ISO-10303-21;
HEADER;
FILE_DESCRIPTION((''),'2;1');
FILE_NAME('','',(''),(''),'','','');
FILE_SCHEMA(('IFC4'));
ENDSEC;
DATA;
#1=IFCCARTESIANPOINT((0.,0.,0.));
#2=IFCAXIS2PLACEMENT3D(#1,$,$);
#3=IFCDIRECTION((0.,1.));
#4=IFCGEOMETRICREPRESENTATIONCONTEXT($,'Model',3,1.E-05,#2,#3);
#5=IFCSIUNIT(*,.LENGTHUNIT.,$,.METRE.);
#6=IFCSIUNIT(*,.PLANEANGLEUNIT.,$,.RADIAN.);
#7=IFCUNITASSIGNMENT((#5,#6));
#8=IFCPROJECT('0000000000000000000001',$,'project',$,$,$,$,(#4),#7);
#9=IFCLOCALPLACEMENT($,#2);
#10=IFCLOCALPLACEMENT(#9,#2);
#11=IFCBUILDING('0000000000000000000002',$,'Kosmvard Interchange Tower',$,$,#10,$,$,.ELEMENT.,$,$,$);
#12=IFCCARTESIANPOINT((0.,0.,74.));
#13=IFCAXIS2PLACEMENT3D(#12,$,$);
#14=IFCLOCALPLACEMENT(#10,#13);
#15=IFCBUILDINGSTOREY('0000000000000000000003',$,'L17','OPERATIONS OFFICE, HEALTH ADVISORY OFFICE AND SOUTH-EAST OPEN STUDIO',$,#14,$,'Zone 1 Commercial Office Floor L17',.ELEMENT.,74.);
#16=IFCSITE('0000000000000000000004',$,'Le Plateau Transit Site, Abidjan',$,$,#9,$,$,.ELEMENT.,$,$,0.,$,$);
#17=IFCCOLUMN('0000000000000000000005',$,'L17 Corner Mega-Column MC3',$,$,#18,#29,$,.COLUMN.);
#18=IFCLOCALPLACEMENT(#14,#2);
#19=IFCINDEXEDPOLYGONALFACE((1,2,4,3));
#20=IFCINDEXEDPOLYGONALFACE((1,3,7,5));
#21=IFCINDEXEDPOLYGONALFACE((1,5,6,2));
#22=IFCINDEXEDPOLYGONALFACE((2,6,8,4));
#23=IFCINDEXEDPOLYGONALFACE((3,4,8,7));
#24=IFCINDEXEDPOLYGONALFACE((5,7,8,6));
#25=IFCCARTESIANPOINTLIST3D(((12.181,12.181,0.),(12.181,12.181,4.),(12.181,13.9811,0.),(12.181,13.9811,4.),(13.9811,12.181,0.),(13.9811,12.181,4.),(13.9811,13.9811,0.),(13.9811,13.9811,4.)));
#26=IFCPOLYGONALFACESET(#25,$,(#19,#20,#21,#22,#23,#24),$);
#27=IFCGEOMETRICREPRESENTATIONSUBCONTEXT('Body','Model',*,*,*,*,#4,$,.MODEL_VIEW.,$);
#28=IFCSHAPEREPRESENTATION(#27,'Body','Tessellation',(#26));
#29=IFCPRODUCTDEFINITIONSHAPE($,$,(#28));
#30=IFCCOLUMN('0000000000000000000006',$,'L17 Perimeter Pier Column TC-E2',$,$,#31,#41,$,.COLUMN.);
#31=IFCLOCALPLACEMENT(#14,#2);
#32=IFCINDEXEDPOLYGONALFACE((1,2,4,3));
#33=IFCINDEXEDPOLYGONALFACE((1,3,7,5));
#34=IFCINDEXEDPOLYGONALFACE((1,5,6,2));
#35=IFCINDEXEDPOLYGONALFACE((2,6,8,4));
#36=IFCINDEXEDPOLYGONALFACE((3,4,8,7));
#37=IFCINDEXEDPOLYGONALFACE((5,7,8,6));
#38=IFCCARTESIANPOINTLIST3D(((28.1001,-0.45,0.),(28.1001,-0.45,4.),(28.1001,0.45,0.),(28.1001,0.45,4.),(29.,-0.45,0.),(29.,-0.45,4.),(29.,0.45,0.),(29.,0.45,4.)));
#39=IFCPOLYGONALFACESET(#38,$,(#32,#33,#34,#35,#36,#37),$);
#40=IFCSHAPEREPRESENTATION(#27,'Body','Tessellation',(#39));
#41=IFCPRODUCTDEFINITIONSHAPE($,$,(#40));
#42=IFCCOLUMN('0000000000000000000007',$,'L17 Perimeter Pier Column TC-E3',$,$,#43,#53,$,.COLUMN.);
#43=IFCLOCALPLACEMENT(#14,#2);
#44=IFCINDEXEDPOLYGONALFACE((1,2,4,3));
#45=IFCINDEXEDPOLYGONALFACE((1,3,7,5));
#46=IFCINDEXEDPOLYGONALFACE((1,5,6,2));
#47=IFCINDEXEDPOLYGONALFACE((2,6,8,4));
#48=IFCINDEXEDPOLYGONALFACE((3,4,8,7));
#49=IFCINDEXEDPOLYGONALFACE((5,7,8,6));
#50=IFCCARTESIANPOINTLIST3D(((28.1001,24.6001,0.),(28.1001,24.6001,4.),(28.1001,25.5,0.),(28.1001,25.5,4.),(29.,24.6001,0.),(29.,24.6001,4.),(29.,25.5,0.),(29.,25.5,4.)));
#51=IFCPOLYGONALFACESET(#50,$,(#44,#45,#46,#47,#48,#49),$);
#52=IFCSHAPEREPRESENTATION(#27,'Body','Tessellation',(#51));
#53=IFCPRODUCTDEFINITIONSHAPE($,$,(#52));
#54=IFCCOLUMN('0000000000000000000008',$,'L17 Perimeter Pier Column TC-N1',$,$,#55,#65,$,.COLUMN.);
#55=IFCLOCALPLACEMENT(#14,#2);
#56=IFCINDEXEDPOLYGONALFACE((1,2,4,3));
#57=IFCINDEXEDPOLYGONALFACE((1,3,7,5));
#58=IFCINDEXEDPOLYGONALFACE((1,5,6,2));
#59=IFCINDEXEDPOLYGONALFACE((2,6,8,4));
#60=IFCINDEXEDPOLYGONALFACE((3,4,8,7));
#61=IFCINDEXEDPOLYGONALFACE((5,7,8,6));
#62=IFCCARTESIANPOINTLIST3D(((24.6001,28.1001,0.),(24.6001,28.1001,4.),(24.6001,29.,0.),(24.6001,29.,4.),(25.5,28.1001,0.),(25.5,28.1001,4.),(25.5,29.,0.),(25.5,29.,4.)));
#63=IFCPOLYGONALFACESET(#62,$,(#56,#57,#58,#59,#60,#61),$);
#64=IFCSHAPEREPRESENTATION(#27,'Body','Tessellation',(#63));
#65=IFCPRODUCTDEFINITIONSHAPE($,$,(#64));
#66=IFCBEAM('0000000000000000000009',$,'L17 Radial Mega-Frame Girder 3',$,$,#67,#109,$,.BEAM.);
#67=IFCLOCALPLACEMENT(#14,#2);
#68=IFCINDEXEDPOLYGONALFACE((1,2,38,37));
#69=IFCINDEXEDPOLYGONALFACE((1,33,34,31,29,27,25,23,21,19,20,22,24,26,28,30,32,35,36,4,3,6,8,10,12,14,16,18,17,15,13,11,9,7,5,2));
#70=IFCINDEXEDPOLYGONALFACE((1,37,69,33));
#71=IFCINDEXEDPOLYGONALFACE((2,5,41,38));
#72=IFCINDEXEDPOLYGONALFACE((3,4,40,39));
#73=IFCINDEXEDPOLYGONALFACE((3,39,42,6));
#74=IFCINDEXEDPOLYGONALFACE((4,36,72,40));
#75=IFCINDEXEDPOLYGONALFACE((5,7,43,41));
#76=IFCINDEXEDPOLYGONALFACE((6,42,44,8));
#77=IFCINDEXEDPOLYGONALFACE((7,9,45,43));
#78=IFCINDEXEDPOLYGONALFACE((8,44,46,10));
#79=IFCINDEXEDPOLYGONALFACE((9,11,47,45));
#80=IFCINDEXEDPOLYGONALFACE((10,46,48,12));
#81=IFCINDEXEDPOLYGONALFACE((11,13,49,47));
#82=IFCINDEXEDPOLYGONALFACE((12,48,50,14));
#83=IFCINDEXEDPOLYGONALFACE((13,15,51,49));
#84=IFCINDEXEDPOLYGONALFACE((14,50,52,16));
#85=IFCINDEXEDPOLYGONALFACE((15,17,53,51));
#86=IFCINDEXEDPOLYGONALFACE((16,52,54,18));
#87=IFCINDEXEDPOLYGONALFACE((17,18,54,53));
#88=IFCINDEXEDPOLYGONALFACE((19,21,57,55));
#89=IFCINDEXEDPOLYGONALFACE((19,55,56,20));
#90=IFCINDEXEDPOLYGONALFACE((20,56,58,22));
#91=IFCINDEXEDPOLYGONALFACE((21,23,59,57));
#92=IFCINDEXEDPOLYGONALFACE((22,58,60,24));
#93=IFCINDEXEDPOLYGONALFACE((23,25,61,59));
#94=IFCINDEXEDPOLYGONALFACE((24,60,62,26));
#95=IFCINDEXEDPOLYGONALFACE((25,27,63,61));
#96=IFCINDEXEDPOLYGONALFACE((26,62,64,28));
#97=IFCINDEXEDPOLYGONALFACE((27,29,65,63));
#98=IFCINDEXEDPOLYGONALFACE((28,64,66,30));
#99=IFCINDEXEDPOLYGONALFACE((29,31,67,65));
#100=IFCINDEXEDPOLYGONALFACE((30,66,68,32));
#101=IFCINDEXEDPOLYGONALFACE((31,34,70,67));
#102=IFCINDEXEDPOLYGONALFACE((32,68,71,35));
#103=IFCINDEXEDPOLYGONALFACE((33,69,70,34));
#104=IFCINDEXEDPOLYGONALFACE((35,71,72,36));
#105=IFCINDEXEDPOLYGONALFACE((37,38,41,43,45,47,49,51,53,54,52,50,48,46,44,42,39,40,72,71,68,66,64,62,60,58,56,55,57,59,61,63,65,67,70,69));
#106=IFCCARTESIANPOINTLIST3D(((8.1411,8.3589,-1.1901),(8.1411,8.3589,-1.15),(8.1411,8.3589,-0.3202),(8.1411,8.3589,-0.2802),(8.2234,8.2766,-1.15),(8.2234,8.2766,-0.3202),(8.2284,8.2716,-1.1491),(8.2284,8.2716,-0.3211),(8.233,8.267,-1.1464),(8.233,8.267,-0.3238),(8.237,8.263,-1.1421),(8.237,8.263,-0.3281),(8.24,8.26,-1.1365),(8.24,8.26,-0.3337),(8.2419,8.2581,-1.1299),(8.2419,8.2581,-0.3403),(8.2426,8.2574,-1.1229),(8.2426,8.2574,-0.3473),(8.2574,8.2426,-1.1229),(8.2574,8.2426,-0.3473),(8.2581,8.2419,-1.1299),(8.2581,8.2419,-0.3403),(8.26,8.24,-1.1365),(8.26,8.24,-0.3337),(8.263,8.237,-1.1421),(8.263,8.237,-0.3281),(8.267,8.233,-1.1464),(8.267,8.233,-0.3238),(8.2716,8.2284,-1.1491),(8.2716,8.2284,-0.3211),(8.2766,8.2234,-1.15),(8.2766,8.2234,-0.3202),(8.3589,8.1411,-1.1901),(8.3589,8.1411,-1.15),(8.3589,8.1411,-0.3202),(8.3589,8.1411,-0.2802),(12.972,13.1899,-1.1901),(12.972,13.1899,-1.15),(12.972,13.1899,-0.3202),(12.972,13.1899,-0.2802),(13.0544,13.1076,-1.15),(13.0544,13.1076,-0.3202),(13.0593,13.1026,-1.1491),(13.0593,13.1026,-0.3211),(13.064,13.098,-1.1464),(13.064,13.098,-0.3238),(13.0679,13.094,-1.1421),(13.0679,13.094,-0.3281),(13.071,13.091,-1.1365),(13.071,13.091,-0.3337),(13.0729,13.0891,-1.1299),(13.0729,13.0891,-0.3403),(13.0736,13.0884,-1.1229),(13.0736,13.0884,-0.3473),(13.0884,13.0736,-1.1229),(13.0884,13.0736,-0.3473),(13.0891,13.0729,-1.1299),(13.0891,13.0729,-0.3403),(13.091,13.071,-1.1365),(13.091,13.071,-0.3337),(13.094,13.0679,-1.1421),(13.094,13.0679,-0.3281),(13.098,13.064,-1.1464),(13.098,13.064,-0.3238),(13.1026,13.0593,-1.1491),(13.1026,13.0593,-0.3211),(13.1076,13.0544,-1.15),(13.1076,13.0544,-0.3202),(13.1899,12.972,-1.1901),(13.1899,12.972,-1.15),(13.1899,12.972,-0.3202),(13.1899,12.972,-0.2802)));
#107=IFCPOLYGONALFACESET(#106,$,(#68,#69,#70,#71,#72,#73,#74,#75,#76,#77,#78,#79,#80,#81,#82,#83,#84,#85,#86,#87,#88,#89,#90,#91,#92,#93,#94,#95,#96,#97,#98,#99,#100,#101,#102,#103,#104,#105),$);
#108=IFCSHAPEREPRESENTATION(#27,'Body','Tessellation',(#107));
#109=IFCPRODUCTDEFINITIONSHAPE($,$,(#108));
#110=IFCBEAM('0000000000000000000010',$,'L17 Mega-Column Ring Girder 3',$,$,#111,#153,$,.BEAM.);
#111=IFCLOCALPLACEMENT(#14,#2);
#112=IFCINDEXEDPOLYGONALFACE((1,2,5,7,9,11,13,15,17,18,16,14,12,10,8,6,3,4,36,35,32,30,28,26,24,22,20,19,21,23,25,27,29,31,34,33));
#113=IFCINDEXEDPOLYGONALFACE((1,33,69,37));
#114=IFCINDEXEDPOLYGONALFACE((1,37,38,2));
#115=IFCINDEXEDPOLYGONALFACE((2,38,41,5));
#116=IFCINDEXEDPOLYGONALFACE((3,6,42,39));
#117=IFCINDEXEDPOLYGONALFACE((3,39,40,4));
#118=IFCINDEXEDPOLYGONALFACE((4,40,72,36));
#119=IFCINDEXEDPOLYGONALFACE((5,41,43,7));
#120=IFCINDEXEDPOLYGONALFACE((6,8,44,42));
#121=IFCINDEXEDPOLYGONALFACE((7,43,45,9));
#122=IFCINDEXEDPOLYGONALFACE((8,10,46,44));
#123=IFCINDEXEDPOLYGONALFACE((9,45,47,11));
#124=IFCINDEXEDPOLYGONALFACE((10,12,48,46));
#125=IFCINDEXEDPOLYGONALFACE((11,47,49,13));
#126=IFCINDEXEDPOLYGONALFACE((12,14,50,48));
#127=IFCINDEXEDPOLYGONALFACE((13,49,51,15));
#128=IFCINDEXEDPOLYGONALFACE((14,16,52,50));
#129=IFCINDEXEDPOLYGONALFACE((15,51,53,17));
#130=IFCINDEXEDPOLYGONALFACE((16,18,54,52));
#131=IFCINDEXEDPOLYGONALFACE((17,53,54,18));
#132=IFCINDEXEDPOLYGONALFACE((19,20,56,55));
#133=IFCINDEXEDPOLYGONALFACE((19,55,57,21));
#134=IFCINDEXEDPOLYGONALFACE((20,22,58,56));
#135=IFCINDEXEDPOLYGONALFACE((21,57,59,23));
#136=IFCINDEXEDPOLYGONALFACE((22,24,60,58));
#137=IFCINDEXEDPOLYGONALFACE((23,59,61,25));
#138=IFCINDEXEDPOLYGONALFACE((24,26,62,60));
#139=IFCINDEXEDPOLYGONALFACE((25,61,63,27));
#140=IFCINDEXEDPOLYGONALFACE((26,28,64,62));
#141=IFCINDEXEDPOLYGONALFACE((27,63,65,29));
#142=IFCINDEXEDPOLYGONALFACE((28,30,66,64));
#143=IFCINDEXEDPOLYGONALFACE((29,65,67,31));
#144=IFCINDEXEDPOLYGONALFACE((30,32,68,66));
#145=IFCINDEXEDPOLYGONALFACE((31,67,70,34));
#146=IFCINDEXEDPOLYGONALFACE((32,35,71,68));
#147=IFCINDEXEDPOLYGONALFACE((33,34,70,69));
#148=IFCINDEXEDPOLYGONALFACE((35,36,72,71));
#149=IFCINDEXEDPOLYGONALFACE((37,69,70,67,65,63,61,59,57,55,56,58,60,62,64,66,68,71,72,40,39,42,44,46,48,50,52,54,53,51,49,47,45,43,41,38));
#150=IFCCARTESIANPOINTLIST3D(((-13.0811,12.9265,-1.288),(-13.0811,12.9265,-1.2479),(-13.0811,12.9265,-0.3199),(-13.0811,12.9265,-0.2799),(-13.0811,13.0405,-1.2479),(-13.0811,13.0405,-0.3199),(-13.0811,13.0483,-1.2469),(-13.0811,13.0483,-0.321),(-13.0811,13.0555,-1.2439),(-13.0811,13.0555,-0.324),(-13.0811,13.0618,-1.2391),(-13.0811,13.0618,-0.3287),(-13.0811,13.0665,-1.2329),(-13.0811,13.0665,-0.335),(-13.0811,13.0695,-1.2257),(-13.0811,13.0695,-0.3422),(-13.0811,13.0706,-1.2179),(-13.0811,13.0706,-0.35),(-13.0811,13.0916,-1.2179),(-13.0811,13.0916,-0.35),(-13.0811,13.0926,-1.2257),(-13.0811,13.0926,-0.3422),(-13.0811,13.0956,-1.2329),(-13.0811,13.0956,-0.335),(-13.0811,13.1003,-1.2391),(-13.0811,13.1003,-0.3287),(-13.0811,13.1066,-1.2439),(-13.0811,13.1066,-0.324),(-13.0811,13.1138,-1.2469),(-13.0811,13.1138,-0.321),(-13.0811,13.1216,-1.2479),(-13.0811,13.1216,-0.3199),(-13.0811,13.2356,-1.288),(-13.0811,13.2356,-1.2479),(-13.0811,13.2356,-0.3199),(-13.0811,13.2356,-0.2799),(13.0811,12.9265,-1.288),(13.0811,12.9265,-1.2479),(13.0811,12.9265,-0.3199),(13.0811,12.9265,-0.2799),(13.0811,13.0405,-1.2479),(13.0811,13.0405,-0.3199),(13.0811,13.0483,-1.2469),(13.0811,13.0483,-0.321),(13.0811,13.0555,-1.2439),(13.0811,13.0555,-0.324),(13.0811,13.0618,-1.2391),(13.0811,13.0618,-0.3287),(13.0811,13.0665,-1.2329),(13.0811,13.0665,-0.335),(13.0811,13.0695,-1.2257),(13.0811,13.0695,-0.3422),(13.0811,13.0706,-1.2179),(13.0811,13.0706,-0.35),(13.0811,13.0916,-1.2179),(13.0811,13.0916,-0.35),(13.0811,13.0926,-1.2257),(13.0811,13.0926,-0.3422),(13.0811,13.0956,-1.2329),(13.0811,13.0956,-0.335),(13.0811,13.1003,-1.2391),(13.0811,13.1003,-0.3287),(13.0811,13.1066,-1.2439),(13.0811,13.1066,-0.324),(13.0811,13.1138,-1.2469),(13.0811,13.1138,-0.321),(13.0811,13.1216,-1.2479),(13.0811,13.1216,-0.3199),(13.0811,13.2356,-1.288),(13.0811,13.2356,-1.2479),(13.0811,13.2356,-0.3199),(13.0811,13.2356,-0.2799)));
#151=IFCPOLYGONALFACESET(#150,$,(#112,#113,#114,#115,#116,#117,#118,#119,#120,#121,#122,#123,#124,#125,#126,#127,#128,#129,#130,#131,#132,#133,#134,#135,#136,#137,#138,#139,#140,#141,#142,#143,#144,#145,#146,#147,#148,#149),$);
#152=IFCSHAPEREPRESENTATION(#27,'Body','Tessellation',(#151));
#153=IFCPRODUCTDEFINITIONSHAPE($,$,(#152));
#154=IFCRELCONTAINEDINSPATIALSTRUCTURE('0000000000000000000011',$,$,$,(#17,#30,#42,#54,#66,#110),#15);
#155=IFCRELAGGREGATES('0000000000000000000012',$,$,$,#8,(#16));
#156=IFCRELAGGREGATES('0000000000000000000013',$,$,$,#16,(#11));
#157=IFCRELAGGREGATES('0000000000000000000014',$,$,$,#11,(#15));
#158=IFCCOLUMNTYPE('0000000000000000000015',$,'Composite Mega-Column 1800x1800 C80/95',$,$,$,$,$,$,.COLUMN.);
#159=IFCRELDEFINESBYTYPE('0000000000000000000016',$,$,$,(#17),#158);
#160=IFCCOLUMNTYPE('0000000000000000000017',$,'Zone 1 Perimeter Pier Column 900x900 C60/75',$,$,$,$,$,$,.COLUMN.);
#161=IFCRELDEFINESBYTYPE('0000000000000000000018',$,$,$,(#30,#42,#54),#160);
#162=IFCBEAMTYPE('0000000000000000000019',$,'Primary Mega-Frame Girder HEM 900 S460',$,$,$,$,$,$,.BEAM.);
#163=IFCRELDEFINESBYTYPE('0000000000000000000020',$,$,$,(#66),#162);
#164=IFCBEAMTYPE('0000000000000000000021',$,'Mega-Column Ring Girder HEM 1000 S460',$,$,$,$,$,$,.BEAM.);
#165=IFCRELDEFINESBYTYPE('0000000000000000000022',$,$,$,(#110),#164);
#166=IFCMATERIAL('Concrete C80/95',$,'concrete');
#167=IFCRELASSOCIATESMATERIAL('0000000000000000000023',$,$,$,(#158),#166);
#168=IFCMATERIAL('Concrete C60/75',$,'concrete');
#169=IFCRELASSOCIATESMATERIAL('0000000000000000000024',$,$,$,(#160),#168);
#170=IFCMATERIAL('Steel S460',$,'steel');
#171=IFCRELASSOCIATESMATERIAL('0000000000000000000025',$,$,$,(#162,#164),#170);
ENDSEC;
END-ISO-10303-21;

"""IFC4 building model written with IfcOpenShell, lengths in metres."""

from ifc_helpers import new_model, si_unit, direction, frame, origin, origin_2d, place, context, subcontext, project, spatial, rectangle, i_section, extrude, source, transform, mapped, material, material_profile, profile_set, type_object, element, save


model = new_model("IFC4")

# Units and contexts
model_context = context("Model", 3, precision=1e-05, world=origin(), true_north=direction((0.0, 1.0)))
body_context = subcontext(model_context, "Body", "Model", "MODEL_VIEW")
ifc_project = project(units=[si_unit("LENGTHUNIT", "METRE"), si_unit("PLANEANGLEUNIT", "RADIAN")], contexts=[model_context])

# Site, building, storey
site_placement = place(None, origin())
site = spatial("IfcSite", under=ifc_project, at=site_placement, Name="Le Plateau Transit Site, Abidjan", CompositionType="ELEMENT", RefElevation=0.0)
building_placement = place(site_placement, origin())
building = spatial("IfcBuilding", under=site, at=building_placement, Name="Kosmvard Interchange Tower", CompositionType="ELEMENT")
storey_placement = place(building_placement, frame((0.0, 0.0, 74.0)))
storey = spatial("IfcBuildingStorey", under=building, at=storey_placement, Name="L17", Description="OPERATIONS OFFICE, HEALTH ADVISORY OFFICE AND SOUTH-EAST OPEN STUDIO", LongName="Zone 1 Commercial Office Floor L17", CompositionType="ELEMENT", Elevation=74.0)

# Columns
ifc_material_1 = material(Name="Concrete C80/95", Category="concrete")
ifc_material_profile_1 = material_profile(ifc_material_1, rectangle(XDim=1.8, YDim=1.8, at=origin_2d()), Name="MC 1800x1800")
ifc_profile_set_1 = profile_set([ifc_material_profile_1], Name="Concrete C80/95")
column_type_1 = type_object("IfcColumnType", Name="Composite Mega-Column 1800x1800 C80/95", PredefinedType="COLUMN", material=ifc_profile_set_1)
shared_shape_1 = source(origin(), body_context, "Body", "SweptSolid", [
    extrude(rectangle(XDim=1.8, YDim=1.8, at=origin_2d()), origin(), (0.0, 0.0, 1.0), 4.0),
])
column_placement = place(storey_placement, frame((13.0811, 13.0811, 0.0), z_axis=(0.0, 0.0, 1.0), x_axis=(1.0, 0.0, 0.0)))
element("IfcColumn", 1, at=column_placement, inside=storey, type_object=column_type_1, Name="L17 Corner Mega-Column MC3", PredefinedType="COLUMN", context=body_context, shape_type="MappedRepresentation", body=[
    mapped(shared_shape_1, transform((0.0, 0.0, 0.0), scale=1.0)),
])
ifc_material_2 = material(Name="Concrete C60/75", Category="concrete")
ifc_material_profile_2 = material_profile(ifc_material_2, rectangle(XDim=0.8999, YDim=0.8999, at=origin_2d()), Name="TC 900x900")
ifc_profile_set_2 = profile_set([ifc_material_profile_2], Name="Concrete C60/75")
column_type_2 = type_object("IfcColumnType", Name="Zone 1 Perimeter Pier Column 900x900 C60/75", PredefinedType="COLUMN", material=ifc_profile_set_2)
shared_shape_2 = source(origin(), body_context, "Body", "SweptSolid", [
    extrude(rectangle(XDim=0.8999, YDim=0.8999, at=origin_2d()), origin(), (0.0, 0.0, 1.0), 4.0),
])
for number, where, z_axis, x_axis, name in (
    (2, (28.55, 0.0, 0.0), (0.0, 0.0, 1.0), (1.0, 0.0, 0.0), "L17 Perimeter Pier Column TC-E2"),
    (3, (28.55, 25.05, 0.0), (0.0, 0.0, 1.0), (1.0, 0.0, 0.0), "L17 Perimeter Pier Column TC-E3"),
    (4, (25.05, 28.55, 0.0), (0.0, 0.0, 1.0), (1.0, 0.0, 0.0), "L17 Perimeter Pier Column TC-N1"),
):
    element("IfcColumn", number, at=place(storey_placement, frame(where, z_axis=z_axis, x_axis=x_axis)), inside=storey, type_object=column_type_2, Name=name, PredefinedType="COLUMN", context=body_context, shape_type="MappedRepresentation", body=[
        mapped(shared_shape_2, transform((0.0, 0.0, 0.0), scale=1.0)),
    ])

# Beams
ifc_material_3 = material(Name="Steel S460", Category="steel")
ifc_material_profile_3 = material_profile(ifc_material_3, i_section(OverallWidth=0.3081, OverallDepth=0.9099, WebThickness=0.021, FlangeThickness=0.04, FilletRadius=0.0271, at=origin_2d()), Name="HEM 900")
ifc_profile_set_3 = profile_set([ifc_material_profile_3], Name="Steel S460")
beam_type_1 = type_object("IfcBeamType", Name="Primary Mega-Frame Girder HEM 900 S460", PredefinedType="BEAM", material=ifc_profile_set_3)
shared_shape_3 = source(origin(), body_context, "Body", "SweptSolid", [
    extrude(i_section(OverallWidth=0.3081, OverallDepth=0.9099, WebThickness=0.021, FlangeThickness=0.04, FilletRadius=0.0271, at=origin_2d()), origin(), (0.0, 0.0, 1.0), 6.832),
])
beam_1_placement = place(storey_placement, frame((8.25, 8.25, -0.7351), z_axis=(0.707107, 0.707107, 0.0), x_axis=(-0.707107, 0.707107, 0.0)))
element("IfcBeam", 5, at=beam_1_placement, inside=storey, type_object=beam_type_1, Name="L17 Radial Mega-Frame Girder 3", PredefinedType="BEAM", context=body_context, shape_type="MappedRepresentation", body=[
    mapped(shared_shape_3, transform((0.0, 0.0, 0.0), scale=1.0)),
])
ifc_material_profile_4 = material_profile(ifc_material_3, i_section(OverallWidth=0.3091, OverallDepth=1.0081, WebThickness=0.021, FlangeThickness=0.04, FilletRadius=0.03, at=origin_2d()), Name="HEM 1000")
ifc_profile_set_4 = profile_set([ifc_material_profile_4], Name="Steel S460")
beam_type_2 = type_object("IfcBeamType", Name="Mega-Column Ring Girder HEM 1000 S460", PredefinedType="BEAM", material=ifc_profile_set_4)
shared_shape_4 = source(origin(), body_context, "Body", "SweptSolid", [
    extrude(i_section(OverallWidth=0.3091, OverallDepth=1.0081, WebThickness=0.021, FlangeThickness=0.04, FilletRadius=0.03, at=origin_2d()), origin(), (0.0, 0.0, 1.0), 26.1621),
])
beam_2_placement = place(storey_placement, frame((13.0811, 13.0811, -0.7839), z_axis=(-1.0, 0.0, 0.0), x_axis=(0.0, -1.0, 0.0)))
element("IfcBeam", 6, at=beam_2_placement, inside=storey, type_object=beam_type_2, Name="L17 Mega-Column Ring Girder 3", PredefinedType="BEAM", context=body_context, shape_type="MappedRepresentation", body=[
    mapped(shared_shape_4, transform((0.0, 0.0, 0.0), scale=1.0)),
])

save(model, "model.ifc")
